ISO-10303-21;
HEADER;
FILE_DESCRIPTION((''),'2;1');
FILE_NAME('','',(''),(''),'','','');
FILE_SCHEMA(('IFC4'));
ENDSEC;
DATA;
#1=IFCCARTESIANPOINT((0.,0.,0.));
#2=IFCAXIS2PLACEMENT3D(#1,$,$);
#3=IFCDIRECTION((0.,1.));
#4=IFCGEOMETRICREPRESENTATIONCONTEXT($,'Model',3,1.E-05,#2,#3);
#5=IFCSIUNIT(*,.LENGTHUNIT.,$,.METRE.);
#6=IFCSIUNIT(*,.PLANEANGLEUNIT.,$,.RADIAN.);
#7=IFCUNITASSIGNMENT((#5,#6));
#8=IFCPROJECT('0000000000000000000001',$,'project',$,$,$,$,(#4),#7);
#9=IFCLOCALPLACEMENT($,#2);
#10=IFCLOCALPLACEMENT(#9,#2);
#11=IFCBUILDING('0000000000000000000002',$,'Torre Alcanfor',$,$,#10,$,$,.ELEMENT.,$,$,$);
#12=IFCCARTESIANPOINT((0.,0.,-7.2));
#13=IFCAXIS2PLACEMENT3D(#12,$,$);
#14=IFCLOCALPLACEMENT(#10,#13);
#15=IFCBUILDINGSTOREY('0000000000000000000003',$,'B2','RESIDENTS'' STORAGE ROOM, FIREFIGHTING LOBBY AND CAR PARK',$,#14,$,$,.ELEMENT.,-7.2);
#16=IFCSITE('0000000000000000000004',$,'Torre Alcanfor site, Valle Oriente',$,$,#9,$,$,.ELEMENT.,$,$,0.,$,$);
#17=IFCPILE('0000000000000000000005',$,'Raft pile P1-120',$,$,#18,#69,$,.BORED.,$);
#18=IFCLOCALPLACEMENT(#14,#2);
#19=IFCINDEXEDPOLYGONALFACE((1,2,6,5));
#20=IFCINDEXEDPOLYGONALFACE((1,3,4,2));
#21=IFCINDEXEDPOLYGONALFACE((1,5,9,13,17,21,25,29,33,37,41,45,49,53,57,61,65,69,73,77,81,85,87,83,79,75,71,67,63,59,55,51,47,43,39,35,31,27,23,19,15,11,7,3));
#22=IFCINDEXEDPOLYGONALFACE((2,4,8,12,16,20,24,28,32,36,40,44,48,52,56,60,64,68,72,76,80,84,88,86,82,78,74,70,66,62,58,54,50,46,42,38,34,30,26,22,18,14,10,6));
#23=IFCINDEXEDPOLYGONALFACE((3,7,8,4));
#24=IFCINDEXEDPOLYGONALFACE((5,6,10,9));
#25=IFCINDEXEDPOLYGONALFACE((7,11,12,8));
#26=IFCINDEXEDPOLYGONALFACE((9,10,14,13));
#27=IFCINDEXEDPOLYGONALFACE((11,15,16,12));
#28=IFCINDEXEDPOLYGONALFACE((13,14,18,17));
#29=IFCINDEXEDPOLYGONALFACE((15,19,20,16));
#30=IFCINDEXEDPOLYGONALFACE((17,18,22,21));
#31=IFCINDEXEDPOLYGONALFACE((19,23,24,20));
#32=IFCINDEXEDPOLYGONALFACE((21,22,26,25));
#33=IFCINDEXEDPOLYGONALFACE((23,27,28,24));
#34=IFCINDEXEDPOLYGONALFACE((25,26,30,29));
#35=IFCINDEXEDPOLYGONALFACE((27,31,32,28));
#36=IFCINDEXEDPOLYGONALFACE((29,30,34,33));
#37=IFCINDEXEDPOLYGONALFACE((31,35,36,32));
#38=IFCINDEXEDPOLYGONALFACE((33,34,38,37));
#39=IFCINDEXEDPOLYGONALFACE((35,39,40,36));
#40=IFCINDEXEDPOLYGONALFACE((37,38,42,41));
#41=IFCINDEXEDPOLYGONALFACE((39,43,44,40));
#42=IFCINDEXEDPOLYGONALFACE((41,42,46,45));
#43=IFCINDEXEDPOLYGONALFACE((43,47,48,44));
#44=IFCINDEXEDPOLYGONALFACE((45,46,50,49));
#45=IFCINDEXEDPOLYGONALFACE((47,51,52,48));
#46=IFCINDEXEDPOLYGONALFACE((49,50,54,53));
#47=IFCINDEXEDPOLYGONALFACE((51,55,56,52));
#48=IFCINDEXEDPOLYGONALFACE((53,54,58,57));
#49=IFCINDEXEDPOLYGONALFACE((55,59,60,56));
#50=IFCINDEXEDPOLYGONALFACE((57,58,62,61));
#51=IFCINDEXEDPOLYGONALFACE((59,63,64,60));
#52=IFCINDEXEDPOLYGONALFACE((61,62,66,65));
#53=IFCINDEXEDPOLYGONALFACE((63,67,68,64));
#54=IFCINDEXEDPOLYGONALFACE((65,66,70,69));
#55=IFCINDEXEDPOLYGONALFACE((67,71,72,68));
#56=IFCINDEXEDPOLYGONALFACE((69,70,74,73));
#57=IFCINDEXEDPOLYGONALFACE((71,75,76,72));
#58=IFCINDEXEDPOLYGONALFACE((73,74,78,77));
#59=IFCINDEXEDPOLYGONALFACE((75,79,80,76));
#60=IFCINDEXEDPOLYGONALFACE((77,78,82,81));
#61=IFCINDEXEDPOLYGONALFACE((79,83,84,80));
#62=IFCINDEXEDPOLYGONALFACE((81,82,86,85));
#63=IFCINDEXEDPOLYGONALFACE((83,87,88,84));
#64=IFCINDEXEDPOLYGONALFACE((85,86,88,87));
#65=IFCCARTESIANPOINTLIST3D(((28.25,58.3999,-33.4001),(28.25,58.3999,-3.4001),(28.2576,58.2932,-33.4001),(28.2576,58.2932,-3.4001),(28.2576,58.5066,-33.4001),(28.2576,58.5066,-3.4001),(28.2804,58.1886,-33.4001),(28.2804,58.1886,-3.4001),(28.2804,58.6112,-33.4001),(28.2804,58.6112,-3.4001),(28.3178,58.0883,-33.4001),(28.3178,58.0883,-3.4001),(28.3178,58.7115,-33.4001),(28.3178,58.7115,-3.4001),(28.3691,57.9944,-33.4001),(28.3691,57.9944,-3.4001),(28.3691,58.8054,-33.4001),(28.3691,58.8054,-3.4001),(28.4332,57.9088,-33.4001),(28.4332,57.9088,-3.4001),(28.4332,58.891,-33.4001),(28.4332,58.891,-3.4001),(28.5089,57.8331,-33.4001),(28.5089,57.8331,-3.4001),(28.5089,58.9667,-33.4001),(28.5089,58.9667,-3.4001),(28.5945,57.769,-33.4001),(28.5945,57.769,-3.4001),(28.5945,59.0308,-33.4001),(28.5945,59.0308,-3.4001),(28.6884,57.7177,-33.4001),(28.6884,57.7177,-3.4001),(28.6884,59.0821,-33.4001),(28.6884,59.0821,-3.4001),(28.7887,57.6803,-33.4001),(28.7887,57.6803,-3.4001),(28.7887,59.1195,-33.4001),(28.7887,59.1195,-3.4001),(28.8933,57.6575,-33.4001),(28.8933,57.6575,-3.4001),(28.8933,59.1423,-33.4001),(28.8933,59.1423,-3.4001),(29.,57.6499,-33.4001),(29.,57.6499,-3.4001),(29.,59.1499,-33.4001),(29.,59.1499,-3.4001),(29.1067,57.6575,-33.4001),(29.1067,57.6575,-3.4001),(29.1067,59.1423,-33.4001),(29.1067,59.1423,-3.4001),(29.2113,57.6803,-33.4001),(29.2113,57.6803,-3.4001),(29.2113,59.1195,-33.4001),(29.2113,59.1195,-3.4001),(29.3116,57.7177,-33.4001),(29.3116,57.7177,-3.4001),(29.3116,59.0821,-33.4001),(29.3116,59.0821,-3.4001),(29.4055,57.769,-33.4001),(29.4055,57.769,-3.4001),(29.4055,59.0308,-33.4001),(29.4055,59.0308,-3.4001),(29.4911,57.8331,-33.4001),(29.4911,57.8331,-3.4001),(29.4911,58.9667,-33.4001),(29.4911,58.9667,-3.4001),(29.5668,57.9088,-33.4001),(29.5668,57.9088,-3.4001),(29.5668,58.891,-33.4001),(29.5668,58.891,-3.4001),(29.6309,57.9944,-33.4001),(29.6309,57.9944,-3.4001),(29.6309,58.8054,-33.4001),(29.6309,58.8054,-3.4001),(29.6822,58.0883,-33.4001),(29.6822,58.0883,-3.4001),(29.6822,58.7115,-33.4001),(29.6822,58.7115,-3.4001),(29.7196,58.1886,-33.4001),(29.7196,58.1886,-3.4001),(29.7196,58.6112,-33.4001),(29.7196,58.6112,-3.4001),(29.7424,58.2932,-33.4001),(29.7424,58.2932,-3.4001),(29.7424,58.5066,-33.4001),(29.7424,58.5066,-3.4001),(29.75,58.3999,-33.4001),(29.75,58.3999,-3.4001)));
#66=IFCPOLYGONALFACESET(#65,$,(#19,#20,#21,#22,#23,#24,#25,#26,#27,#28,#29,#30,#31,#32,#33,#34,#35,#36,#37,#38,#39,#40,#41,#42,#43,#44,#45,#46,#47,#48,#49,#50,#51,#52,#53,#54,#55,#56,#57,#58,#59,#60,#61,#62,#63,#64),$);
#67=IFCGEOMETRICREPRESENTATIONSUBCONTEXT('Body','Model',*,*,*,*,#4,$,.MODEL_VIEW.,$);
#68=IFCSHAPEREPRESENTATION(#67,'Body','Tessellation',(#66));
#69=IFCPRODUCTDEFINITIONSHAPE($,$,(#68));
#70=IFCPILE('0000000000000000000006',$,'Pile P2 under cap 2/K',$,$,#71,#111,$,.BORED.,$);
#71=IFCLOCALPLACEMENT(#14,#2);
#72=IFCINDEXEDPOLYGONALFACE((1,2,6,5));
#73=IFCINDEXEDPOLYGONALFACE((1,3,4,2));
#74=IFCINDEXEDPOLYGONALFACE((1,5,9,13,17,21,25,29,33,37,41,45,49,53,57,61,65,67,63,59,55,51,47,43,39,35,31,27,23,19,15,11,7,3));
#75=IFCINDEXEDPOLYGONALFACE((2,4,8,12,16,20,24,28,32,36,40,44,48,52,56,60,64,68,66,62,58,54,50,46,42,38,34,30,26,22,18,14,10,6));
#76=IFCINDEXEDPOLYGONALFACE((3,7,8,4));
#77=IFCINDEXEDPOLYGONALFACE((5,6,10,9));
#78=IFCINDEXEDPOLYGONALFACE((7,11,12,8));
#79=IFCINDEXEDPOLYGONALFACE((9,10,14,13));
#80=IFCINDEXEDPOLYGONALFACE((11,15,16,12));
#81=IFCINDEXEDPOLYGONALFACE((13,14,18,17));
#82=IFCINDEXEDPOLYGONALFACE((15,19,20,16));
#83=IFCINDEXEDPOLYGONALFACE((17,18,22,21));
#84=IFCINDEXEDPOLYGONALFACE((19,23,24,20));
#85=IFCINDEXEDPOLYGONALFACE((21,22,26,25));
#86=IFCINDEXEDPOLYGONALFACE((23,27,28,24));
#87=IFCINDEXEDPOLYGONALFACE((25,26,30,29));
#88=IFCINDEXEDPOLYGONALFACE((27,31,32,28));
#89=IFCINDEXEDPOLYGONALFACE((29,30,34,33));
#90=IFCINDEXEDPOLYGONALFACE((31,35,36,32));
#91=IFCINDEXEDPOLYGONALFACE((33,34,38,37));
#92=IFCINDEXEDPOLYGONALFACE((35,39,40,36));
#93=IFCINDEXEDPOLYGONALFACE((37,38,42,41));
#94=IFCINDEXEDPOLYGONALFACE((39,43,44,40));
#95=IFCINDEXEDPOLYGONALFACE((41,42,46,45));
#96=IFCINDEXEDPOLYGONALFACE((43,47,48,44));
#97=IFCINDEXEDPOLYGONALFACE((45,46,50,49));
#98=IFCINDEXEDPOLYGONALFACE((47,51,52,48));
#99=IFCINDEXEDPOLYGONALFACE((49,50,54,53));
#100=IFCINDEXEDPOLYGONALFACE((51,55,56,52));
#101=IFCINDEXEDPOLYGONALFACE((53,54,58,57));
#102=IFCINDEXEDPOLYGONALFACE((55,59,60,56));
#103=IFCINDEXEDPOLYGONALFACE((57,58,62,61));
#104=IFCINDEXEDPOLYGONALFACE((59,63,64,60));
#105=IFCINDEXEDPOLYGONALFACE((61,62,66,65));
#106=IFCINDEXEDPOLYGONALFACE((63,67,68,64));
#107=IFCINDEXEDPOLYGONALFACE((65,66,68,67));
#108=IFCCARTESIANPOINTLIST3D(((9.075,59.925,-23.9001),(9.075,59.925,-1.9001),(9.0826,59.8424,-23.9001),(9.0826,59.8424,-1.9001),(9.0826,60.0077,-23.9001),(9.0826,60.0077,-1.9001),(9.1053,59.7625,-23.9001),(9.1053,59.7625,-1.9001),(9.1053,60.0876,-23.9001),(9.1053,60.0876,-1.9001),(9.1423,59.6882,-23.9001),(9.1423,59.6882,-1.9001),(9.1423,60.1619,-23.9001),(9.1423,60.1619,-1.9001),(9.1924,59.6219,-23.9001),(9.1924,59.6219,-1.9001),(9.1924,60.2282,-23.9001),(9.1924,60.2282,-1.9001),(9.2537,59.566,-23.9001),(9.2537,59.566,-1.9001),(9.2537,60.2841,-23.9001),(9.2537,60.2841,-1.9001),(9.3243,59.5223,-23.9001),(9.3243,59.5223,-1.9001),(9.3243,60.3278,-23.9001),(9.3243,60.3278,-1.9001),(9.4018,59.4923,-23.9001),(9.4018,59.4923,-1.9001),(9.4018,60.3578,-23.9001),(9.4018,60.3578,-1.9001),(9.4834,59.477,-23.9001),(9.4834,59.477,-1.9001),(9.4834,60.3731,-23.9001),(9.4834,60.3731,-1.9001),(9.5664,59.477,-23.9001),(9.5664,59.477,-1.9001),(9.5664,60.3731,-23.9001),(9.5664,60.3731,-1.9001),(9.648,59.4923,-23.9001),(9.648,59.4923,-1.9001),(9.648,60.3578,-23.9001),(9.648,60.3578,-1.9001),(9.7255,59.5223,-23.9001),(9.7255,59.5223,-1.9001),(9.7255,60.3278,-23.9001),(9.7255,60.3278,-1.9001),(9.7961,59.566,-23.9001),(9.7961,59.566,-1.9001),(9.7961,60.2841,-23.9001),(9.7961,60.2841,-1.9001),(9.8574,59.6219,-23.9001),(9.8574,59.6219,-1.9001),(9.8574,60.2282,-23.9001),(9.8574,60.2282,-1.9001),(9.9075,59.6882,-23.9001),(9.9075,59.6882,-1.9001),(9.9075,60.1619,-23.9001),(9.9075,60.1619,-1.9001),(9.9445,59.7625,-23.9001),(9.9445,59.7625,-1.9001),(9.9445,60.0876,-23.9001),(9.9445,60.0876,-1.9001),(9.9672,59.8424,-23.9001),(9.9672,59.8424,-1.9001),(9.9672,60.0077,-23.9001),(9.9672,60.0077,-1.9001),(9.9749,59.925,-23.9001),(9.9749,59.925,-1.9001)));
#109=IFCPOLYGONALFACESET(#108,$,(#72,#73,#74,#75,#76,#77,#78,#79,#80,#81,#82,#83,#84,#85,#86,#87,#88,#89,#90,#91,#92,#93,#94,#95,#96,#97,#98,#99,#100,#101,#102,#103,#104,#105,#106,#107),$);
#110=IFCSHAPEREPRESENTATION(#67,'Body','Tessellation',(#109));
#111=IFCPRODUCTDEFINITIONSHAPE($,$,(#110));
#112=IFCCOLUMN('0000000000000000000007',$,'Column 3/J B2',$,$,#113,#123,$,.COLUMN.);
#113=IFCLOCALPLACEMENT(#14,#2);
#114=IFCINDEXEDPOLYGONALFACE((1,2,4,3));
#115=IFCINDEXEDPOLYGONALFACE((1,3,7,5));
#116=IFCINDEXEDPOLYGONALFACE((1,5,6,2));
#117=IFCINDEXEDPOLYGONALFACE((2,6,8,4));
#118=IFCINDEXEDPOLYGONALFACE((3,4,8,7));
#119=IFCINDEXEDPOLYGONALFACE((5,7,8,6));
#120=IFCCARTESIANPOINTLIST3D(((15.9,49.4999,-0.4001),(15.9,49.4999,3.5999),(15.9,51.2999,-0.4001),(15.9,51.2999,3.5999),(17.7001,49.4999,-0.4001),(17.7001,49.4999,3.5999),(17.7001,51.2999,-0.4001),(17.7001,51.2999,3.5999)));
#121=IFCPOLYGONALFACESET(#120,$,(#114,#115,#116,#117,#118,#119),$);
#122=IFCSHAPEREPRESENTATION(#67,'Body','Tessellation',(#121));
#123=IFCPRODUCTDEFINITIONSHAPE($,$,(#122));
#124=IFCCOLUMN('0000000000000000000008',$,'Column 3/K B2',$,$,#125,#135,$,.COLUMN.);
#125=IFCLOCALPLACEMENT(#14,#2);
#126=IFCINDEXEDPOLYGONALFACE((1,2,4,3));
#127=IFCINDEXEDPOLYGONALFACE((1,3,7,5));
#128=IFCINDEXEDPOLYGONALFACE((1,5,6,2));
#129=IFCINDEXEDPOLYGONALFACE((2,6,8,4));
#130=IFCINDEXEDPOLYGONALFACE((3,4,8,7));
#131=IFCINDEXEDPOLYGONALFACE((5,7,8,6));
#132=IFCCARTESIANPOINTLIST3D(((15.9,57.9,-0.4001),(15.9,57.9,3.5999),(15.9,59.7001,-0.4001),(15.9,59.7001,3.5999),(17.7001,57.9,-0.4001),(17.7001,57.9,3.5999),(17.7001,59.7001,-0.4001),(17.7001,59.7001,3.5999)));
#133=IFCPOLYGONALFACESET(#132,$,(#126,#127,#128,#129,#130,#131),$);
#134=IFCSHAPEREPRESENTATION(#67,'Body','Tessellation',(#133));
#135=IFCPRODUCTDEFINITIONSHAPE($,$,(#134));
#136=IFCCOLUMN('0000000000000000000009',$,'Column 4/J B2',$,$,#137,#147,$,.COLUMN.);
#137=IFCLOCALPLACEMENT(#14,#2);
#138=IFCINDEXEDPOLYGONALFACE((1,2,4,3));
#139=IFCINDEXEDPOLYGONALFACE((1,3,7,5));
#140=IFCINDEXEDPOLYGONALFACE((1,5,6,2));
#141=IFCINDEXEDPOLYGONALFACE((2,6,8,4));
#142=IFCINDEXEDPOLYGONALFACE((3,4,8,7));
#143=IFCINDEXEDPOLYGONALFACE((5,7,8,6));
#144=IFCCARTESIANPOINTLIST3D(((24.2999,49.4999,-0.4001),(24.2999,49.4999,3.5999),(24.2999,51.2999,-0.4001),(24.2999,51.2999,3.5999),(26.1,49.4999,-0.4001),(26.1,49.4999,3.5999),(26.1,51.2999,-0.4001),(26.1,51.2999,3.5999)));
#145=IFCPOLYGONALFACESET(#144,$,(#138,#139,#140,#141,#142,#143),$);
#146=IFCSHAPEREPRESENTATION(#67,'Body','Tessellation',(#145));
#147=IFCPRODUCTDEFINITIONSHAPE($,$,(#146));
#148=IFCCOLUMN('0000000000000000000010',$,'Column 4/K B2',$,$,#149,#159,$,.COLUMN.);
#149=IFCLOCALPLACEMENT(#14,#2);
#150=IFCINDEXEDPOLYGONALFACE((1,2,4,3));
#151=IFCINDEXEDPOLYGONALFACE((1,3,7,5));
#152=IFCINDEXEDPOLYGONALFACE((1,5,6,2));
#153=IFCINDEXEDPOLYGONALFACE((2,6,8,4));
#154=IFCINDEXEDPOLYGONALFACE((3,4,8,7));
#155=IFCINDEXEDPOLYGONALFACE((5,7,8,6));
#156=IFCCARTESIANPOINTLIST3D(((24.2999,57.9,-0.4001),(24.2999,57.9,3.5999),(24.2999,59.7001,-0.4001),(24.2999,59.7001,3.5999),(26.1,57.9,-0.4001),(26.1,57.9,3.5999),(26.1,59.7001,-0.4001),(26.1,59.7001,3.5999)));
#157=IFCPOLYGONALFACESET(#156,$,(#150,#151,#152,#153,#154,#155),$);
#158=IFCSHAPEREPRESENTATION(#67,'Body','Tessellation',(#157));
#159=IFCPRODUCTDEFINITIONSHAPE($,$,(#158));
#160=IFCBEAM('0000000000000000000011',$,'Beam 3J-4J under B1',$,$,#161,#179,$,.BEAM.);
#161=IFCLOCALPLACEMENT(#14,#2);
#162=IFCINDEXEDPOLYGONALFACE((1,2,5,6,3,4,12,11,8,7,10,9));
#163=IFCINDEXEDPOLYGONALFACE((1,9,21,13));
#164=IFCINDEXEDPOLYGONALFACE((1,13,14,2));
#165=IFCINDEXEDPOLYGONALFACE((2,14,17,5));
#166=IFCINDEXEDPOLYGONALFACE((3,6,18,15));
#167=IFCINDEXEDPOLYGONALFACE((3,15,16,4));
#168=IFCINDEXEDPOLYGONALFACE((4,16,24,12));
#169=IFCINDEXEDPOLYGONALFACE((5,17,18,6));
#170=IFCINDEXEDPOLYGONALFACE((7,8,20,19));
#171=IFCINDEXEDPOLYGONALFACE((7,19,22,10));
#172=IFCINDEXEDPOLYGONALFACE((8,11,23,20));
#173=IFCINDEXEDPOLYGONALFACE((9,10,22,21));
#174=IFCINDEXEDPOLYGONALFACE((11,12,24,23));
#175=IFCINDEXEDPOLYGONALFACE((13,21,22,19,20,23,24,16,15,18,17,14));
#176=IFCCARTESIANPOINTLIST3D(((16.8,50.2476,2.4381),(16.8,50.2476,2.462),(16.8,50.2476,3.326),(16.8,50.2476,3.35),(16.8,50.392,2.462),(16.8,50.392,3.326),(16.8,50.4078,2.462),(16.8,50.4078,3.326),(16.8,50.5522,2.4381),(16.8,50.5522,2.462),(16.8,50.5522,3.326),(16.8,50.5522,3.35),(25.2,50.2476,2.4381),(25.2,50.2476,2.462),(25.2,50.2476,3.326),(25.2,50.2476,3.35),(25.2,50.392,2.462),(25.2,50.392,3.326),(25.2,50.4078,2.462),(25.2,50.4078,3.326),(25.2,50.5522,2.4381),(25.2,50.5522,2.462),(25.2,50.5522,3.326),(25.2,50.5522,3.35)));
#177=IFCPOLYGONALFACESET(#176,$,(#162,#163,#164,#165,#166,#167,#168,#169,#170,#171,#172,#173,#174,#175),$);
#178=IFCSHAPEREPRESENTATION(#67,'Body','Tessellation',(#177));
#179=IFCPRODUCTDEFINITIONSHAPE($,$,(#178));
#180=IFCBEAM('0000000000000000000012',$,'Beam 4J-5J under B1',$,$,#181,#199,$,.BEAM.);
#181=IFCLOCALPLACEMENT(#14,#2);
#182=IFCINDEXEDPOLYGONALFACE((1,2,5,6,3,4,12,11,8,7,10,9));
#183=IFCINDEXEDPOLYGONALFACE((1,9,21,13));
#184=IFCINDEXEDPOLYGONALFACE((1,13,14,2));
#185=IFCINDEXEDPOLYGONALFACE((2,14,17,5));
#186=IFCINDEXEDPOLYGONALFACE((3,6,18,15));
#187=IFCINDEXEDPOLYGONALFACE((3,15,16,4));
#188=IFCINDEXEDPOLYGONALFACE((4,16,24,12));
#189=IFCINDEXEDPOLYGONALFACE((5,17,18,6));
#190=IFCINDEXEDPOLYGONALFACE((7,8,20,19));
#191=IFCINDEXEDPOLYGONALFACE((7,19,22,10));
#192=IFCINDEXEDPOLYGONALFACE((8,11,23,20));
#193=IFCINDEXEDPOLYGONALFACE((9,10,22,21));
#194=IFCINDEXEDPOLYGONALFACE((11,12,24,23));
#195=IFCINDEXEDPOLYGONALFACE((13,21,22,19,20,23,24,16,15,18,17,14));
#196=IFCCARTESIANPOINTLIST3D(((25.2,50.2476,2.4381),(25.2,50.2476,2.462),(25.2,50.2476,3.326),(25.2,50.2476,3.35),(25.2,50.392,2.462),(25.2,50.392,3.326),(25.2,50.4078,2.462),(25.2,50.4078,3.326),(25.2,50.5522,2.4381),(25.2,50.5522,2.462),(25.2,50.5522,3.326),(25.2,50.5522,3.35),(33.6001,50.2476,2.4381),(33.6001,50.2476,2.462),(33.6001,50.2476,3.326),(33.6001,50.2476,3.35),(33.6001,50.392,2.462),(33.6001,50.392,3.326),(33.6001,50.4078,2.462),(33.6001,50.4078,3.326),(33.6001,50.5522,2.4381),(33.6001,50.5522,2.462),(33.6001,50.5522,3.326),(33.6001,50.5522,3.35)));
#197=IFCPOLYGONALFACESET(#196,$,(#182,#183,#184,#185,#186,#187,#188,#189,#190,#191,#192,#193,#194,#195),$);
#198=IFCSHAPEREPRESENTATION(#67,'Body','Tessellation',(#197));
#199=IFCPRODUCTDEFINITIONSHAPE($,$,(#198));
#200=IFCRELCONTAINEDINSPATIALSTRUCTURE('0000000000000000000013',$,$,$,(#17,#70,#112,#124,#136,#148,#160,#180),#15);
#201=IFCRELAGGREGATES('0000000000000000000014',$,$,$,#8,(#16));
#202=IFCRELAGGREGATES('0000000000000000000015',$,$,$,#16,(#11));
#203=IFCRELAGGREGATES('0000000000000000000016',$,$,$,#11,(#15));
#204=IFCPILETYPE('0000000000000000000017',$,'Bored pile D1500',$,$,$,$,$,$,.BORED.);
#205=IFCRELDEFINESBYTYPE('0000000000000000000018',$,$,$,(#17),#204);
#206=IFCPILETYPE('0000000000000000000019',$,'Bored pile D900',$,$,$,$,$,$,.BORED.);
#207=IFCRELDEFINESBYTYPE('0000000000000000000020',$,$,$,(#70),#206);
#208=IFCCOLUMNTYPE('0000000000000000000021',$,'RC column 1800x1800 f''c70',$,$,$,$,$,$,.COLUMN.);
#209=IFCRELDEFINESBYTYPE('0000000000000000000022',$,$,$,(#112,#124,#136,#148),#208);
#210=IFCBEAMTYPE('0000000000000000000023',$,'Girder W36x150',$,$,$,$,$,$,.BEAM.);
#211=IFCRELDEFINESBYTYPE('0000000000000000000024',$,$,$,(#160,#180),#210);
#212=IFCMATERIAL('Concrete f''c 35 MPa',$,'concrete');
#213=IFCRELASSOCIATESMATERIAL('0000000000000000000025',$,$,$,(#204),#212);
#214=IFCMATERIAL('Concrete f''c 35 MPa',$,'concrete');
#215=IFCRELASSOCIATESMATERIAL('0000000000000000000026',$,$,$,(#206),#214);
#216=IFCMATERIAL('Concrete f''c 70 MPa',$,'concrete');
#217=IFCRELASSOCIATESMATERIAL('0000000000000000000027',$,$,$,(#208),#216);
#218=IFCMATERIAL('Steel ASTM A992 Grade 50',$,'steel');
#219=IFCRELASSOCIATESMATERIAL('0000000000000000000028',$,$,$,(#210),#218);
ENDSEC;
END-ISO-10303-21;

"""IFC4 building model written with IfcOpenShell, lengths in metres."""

from ifc_helpers import new_model, si_unit, direction, frame, origin, origin_2d, place, context, subcontext, project, spatial, rectangle, circle, i_section, extrude, material, material_profile, profile_set, type_object, element, save


model = new_model("IFC4")

# Units and contexts
model_context = context("Model", 3, precision=1e-05, world=origin(), true_north=direction((0.0, 1.0)))
body_context = subcontext(model_context, "Body", "Model", "MODEL_VIEW")
ifc_project = project(units=[si_unit("LENGTHUNIT", "METRE"), si_unit("PLANEANGLEUNIT", "RADIAN")], contexts=[model_context])

# Site, building, storey
site_placement = place(None, origin())
site = spatial("IfcSite", under=ifc_project, at=site_placement, Name="Torre Alcanfor site, Valle Oriente", CompositionType="ELEMENT", RefElevation=0.0)
building_placement = place(site_placement, origin())
building = spatial("IfcBuilding", under=site, at=building_placement, Name="Torre Alcanfor", CompositionType="ELEMENT")
storey_placement = place(building_placement, frame((0.0, 0.0, -7.2)))
storey = spatial("IfcBuildingStorey", under=building, at=storey_placement, Name="B2", Description="RESIDENTS' STORAGE ROOM, FIREFIGHTING LOBBY AND CAR PARK", CompositionType="ELEMENT", Elevation=-7.2)

# Piles
ifc_material_1 = material(Name="Concrete f'c 35 MPa", Category="concrete")
ifc_material_profile_1 = material_profile(ifc_material_1, circle(Radius=0.75, at=origin_2d()), Name="D1500")
ifc_profile_set_1 = profile_set([ifc_material_profile_1], Name="Concrete f'c 35 MPa")
pile_type_1 = type_object("IfcPileType", Name="Bored pile D1500", PredefinedType="BORED", material=ifc_profile_set_1)
for number, where, z_axis, x_axis, name in (
    (1, (29.0, 58.3999, -3.4001), (0.0, 0.0, -1.0), (1.0, 0.0, 0.0), "Raft pile P1-120"),
):
    element("IfcPile", number, at=place(storey_placement, frame(where, z_axis=z_axis, x_axis=x_axis)), inside=storey, type_object=pile_type_1, Name=name, PredefinedType="BORED", context=body_context, shape_type="SweptSolid", body=[
        extrude(circle(Radius=0.75, at=origin_2d()), origin(), (0.0, 0.0, 1.0), 30.0),
    ])
ifc_material_2 = material(Name="Concrete f'c 35 MPa", Category="concrete")
ifc_material_profile_2 = material_profile(ifc_material_2, circle(Radius=0.45, at=origin_2d()), Name="D900")
ifc_profile_set_2 = profile_set([ifc_material_profile_2], Name="Concrete f'c 35 MPa")
pile_type_2 = type_object("IfcPileType", Name="Bored pile D900", PredefinedType="BORED", material=ifc_profile_set_2)
pile_placement = place(storey_placement, frame((9.5249, 59.925, -1.9001), z_axis=(0.0, 0.0, -1.0), x_axis=(1.0, 0.0, 0.0)))
element("IfcPile", 2, at=pile_placement, inside=storey, type_object=pile_type_2, Name="Pile P2 under cap 2/K", PredefinedType="BORED", context=body_context, shape_type="SweptSolid", body=[
    extrude(circle(Radius=0.45, at=origin_2d()), origin(), (0.0, 0.0, 1.0), 22.0),
])

# Columns
ifc_material_3 = material(Name="Concrete f'c 70 MPa", Category="concrete")
ifc_material_profile_3 = material_profile(ifc_material_3, rectangle(XDim=1.8, YDim=1.8, at=origin_2d()), Name="1800x1800")
ifc_profile_set_3 = profile_set([ifc_material_profile_3], Name="Concrete f'c 70 MPa")
column_type = type_object("IfcColumnType", Name="RC column 1800x1800 f'c70", PredefinedType="COLUMN", material=ifc_profile_set_3)
for number, where, z_axis, x_axis, name in (
    (3, (16.8, 50.3999, -0.4001), (0.0, 0.0, 1.0), (1.0, 0.0, 0.0), "Column 3/J B2"),
    (4, (16.8, 58.8, -0.4001), (0.0, 0.0, 1.0), (1.0, 0.0, 0.0), "Column 3/K B2"),
    (5, (25.2, 50.3999, -0.4001), (0.0, 0.0, 1.0), (1.0, 0.0, 0.0), "Column 4/J B2"),
    (6, (25.2, 58.8, -0.4001), (0.0, 0.0, 1.0), (1.0, 0.0, 0.0), "Column 4/K B2"),
):
    element("IfcColumn", number, at=place(storey_placement, frame(where, z_axis=z_axis, x_axis=x_axis)), inside=storey, type_object=column_type, Name=name, PredefinedType="COLUMN", context=body_context, shape_type="SweptSolid", body=[
        extrude(rectangle(XDim=1.8, YDim=1.8, at=origin_2d()), origin(), (0.0, 0.0, 1.0), 4.0),
    ])

# Beams
ifc_material_4 = material(Name="Steel ASTM A992 Grade 50", Category="steel")
ifc_material_profile_4 = material_profile(ifc_material_4, i_section(OverallWidth=0.3047, OverallDepth=0.9119, WebThickness=0.0159, FlangeThickness=0.0239, at=origin_2d()), Name="W36x150")
ifc_profile_set_4 = profile_set([ifc_material_profile_4], Name="Steel ASTM A992 Grade 50")
beam_type_1 = type_object("IfcBeamType", Name="Girder W36x150", PredefinedType="BEAM", material=ifc_profile_set_4)
beam_1_placement = place(storey_placement, frame((16.8, 50.3999, 2.894), z_axis=(1.0, 0.0, 0.0), x_axis=(0.0, 1.0, 0.0)))
element("IfcBeam", 7, at=beam_1_placement, inside=storey, type_object=beam_type_1, Name="Beam 3J-4J under B1", PredefinedType="BEAM", context=body_context, shape_type="SweptSolid", body=[
    extrude(i_section(OverallWidth=0.3047, OverallDepth=0.9119, WebThickness=0.0159, FlangeThickness=0.0239, at=origin_2d()), origin(), (0.0, 0.0, 1.0), 8.3999),
])
for number, where, z_axis, x_axis, name in (
    (8, (25.2, 50.3999, 2.894), (1.0, 0.0, 0.0), (0.0, 1.0, 0.0), "Beam 4J-5J under B1"),
):
    element("IfcBeam", number, at=place(storey_placement, frame(where, z_axis=z_axis, x_axis=x_axis)), inside=storey, type_object=beam_type_1, Name=name, PredefinedType="BEAM", context=body_context, shape_type="SweptSolid", body=[
        extrude(i_section(OverallWidth=0.3047, OverallDepth=0.9119, WebThickness=0.0159, FlangeThickness=0.0239, at=origin_2d()), origin(), (0.0, 0.0, 1.0), 8.4001),
    ])

save(model, "model.ifc")
